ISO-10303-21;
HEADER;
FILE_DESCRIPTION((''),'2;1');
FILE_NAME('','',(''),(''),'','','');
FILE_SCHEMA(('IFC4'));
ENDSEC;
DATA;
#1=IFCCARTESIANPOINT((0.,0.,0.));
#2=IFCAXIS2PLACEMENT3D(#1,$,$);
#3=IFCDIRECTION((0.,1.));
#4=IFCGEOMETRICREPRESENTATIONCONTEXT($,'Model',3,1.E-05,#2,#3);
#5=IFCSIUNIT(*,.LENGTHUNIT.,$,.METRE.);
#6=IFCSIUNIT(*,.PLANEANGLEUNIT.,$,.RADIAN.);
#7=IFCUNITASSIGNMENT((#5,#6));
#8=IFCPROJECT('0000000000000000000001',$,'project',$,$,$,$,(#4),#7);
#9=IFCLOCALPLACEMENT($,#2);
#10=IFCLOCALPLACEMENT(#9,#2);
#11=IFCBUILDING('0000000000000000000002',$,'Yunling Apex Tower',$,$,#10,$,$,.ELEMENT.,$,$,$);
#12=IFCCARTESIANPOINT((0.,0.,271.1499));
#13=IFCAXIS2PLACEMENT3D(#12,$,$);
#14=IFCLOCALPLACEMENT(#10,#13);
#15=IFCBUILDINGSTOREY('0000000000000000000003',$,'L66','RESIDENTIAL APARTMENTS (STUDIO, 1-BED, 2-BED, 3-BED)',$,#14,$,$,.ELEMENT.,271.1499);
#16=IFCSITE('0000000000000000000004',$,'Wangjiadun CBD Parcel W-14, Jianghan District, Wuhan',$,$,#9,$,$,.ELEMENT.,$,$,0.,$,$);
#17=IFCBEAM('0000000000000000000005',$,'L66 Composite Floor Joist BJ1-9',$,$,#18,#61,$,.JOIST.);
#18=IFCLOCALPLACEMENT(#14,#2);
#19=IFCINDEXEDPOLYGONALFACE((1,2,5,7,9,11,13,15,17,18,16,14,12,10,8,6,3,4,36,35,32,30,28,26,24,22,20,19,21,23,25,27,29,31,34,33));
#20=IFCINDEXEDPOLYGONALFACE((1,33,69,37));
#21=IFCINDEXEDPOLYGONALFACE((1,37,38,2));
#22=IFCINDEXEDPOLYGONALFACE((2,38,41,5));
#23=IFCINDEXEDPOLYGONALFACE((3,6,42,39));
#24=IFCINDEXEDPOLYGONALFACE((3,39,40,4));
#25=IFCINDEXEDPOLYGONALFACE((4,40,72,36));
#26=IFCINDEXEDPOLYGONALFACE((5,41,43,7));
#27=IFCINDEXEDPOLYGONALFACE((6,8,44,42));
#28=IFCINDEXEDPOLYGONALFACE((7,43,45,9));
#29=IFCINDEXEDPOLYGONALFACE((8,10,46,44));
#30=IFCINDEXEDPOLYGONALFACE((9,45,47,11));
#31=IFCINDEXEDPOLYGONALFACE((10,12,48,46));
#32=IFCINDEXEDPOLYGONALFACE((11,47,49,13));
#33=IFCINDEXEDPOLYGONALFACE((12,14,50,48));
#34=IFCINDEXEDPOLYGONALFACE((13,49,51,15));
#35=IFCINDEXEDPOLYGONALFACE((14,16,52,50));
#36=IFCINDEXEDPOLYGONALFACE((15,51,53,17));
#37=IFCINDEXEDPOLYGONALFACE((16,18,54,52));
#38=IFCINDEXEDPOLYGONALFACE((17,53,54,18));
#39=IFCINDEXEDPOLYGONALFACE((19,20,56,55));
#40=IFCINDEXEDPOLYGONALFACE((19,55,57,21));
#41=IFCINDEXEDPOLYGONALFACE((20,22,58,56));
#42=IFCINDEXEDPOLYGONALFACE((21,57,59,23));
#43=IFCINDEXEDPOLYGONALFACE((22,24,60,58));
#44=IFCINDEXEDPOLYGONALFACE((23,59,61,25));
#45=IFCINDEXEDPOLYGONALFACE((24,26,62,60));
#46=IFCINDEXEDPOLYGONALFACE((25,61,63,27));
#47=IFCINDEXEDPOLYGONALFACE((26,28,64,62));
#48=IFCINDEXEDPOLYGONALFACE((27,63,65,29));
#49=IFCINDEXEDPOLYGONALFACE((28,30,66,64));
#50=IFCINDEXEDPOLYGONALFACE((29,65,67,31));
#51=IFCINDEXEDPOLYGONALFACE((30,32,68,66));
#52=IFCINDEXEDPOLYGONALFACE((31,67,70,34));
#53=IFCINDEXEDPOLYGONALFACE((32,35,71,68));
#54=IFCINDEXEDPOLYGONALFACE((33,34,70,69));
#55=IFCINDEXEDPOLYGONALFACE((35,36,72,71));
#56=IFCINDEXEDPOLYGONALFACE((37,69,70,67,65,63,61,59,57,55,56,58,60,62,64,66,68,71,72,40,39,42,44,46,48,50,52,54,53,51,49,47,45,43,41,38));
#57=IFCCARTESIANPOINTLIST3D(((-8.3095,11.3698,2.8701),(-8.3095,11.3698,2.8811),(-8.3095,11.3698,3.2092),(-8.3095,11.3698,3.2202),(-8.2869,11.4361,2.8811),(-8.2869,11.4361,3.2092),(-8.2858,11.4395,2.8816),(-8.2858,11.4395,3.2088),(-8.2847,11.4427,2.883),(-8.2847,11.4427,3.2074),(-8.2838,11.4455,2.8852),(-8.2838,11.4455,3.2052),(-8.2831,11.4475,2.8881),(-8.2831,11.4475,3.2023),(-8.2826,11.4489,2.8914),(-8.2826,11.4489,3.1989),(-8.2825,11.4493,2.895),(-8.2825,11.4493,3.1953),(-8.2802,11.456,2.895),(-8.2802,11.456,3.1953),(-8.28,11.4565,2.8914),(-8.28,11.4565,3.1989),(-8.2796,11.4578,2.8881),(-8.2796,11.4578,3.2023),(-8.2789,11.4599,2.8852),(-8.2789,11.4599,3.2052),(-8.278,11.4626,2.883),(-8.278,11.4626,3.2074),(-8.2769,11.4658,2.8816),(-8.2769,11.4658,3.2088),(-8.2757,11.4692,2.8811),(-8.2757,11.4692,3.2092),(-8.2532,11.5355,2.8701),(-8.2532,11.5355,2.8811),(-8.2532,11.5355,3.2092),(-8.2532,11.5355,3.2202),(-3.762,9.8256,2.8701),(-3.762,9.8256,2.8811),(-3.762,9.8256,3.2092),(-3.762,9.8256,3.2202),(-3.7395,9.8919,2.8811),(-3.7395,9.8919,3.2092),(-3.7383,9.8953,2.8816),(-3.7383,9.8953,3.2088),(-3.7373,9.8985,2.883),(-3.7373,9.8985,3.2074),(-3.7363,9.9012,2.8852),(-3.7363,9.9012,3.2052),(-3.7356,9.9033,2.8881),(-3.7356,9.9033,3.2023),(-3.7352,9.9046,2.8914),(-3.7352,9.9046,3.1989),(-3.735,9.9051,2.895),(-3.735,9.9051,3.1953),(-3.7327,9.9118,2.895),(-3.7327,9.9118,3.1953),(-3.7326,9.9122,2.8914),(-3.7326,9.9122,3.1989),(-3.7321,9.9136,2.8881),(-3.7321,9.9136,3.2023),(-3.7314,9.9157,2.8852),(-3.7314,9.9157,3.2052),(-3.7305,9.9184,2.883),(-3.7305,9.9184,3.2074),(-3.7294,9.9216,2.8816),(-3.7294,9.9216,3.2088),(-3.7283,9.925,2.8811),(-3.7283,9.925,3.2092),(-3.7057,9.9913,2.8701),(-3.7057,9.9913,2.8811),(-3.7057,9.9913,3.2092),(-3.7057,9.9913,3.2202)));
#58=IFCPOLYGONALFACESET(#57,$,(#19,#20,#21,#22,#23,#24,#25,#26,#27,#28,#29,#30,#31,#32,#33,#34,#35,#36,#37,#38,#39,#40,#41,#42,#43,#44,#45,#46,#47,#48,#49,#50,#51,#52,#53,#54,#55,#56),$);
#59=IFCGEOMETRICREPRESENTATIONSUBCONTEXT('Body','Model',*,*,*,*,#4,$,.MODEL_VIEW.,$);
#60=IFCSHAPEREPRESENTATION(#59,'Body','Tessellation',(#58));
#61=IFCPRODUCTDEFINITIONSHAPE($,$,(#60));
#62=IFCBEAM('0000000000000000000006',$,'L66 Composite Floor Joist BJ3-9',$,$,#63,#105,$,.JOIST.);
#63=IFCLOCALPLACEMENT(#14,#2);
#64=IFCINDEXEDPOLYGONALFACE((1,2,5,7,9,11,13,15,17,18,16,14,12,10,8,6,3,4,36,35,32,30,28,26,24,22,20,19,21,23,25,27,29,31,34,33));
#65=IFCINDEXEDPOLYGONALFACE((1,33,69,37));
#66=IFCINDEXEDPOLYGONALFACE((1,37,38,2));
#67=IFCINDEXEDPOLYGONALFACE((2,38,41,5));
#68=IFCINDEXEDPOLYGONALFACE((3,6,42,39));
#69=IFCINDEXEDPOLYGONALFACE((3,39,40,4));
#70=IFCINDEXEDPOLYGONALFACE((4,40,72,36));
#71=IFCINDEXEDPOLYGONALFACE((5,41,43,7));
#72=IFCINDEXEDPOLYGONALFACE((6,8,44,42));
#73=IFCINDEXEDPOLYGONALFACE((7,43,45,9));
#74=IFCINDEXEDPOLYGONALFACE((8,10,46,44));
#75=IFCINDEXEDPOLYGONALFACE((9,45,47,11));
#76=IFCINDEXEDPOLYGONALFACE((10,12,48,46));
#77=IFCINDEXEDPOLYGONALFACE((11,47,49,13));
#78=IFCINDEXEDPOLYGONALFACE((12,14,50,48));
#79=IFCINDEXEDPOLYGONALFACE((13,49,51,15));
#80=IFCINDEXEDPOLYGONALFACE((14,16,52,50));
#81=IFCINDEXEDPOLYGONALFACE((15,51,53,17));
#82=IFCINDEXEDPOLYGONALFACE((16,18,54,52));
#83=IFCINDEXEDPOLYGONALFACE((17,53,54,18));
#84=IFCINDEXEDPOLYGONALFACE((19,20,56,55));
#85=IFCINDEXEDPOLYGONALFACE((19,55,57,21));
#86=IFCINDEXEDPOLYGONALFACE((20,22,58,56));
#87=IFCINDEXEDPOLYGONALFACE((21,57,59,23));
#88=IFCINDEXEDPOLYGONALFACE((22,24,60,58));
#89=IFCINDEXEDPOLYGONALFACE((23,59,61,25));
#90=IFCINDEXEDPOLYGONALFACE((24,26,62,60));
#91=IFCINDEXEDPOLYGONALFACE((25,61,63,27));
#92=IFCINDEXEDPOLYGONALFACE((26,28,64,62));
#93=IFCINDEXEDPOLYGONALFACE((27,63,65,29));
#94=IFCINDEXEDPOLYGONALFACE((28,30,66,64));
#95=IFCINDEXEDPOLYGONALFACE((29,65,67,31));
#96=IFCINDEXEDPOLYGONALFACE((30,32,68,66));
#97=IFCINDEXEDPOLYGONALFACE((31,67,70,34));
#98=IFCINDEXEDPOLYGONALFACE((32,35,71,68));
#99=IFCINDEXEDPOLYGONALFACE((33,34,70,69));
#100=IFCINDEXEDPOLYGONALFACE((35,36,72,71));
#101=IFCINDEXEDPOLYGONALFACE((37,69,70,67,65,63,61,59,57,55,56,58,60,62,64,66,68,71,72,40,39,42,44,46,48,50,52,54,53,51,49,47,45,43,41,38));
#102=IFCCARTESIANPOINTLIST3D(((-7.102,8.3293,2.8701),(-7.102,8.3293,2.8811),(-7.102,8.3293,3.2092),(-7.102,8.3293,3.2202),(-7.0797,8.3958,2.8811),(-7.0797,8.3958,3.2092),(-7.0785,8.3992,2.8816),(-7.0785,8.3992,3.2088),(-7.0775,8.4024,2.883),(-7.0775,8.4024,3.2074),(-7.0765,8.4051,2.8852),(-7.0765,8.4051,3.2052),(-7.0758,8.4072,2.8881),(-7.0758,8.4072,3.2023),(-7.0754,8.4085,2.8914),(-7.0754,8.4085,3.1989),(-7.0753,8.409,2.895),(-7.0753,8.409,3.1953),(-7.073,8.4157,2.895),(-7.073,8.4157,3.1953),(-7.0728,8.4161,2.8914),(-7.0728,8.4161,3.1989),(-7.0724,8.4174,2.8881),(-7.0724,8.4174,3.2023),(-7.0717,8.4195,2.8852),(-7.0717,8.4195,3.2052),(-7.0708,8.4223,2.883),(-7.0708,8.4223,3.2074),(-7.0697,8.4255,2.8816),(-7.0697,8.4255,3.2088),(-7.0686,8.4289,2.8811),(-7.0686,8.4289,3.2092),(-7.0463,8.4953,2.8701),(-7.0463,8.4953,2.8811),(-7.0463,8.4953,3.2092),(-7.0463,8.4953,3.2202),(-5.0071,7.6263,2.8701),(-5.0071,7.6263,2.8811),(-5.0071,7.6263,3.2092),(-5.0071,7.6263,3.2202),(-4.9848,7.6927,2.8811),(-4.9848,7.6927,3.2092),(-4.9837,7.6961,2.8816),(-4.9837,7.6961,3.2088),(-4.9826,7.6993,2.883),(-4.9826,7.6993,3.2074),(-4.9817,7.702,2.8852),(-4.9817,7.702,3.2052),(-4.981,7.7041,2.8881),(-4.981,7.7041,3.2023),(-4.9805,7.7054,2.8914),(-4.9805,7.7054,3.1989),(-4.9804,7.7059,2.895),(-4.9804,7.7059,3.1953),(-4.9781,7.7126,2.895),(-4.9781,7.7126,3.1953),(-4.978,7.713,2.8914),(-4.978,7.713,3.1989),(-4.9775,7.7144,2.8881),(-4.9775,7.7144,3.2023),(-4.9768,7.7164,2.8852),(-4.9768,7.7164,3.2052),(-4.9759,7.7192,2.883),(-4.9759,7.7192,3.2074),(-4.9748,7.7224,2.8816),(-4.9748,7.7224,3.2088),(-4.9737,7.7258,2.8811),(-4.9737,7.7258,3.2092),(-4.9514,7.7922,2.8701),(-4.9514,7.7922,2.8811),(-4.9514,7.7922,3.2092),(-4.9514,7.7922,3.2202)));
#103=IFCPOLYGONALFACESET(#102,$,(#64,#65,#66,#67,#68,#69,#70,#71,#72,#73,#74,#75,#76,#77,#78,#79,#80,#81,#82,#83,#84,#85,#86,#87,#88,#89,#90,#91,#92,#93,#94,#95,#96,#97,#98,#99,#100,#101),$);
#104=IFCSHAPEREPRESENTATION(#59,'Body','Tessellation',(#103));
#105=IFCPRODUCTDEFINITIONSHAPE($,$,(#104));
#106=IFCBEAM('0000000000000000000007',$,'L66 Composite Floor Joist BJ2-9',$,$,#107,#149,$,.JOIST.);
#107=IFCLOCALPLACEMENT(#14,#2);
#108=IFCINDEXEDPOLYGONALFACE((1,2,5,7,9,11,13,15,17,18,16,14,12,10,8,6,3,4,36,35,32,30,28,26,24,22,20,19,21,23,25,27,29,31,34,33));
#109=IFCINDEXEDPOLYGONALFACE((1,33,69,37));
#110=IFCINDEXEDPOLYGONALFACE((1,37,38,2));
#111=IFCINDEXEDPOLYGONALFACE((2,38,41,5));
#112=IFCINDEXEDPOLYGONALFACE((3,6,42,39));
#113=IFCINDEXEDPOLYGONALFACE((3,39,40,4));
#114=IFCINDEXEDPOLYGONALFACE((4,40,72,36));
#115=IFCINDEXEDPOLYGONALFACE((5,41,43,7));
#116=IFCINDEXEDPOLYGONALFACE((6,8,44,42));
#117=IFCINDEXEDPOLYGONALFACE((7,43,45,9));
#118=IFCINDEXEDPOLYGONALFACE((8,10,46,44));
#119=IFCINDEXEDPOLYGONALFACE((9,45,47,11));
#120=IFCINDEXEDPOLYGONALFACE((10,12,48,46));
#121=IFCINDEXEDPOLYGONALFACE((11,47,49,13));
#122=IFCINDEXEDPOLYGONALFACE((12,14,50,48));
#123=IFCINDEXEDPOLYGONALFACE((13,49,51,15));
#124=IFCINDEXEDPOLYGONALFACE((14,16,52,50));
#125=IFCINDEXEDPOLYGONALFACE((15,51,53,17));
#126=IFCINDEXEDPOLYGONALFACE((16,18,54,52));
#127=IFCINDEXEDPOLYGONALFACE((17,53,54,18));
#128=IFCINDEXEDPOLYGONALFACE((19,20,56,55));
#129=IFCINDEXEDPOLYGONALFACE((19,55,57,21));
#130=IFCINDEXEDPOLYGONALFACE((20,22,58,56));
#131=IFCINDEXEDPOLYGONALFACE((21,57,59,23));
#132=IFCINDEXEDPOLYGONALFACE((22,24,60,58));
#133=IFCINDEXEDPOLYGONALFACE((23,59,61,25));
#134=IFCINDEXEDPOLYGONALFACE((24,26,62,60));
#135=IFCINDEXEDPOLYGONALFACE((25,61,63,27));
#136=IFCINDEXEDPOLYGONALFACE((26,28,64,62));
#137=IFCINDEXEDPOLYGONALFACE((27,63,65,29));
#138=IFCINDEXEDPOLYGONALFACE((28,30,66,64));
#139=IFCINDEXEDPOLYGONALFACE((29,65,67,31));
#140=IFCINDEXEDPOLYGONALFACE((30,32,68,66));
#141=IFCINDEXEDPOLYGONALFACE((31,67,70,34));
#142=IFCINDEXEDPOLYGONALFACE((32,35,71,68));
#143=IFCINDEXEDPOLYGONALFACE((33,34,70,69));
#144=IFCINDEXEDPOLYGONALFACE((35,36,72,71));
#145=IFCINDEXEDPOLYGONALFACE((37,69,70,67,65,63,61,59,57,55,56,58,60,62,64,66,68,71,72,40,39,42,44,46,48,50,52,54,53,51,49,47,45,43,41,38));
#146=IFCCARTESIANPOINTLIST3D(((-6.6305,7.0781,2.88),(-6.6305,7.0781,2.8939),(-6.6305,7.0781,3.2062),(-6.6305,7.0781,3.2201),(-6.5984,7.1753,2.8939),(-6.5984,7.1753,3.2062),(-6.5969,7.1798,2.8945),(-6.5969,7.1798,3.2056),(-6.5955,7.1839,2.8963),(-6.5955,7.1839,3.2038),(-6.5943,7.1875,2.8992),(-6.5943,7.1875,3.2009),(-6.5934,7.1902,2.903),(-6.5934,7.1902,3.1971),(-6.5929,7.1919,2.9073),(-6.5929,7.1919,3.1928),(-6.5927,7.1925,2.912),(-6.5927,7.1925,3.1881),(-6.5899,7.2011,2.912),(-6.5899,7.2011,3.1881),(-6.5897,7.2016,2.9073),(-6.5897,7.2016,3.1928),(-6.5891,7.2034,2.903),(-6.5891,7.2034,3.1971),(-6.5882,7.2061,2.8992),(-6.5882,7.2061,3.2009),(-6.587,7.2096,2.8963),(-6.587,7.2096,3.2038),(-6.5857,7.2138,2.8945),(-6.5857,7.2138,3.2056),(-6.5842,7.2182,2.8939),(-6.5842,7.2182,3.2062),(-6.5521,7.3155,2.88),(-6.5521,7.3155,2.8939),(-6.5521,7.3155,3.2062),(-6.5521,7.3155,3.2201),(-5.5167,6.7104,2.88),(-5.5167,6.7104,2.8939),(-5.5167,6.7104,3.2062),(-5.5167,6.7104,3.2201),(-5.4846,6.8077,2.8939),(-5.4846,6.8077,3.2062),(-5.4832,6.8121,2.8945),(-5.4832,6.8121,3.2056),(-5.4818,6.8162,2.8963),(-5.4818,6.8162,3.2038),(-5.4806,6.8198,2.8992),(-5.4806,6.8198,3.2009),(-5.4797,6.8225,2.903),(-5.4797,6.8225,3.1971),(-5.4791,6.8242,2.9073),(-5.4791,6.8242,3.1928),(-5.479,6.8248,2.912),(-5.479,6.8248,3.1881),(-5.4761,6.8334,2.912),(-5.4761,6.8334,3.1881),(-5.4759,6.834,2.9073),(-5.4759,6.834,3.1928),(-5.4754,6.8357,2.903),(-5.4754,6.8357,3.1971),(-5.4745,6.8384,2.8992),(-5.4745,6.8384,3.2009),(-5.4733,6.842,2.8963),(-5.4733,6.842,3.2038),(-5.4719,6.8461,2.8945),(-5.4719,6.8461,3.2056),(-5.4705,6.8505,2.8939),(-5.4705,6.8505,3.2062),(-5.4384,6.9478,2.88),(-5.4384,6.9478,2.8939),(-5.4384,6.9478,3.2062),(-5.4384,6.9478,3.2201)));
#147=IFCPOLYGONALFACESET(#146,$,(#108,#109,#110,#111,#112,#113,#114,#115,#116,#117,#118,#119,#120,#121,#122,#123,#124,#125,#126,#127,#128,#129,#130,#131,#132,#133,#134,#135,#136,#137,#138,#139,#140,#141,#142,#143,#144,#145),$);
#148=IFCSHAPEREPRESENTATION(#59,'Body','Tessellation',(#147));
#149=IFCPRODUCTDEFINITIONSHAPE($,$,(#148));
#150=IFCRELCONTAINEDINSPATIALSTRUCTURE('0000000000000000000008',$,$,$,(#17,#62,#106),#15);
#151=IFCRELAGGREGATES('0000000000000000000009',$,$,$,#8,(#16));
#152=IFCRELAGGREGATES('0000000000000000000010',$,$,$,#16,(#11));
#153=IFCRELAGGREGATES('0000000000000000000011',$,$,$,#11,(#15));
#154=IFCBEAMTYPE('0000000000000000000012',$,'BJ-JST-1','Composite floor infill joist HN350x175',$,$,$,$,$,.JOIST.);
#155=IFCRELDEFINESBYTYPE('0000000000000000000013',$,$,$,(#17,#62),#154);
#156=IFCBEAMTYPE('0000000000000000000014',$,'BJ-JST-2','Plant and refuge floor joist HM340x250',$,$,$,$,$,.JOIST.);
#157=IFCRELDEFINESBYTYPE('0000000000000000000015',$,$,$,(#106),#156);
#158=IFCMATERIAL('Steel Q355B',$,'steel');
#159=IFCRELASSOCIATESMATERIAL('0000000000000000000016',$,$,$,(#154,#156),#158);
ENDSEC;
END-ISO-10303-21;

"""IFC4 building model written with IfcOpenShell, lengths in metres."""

from ifc_helpers import new_model, si_unit, direction, frame, origin, origin_2d, place, context, subcontext, project, spatial, i_section, extrude, source, transform, mapped, material, material_profile, profile_set, type_object, element, save


model = new_model("IFC4")

# Units and contexts
model_context = context("Model", 3, precision=1e-05, world=origin(), true_north=direction((0.0, 1.0)))
body_context = subcontext(model_context, "Body", "Model", "MODEL_VIEW")
ifc_project = project(units=[si_unit("LENGTHUNIT", "METRE"), si_unit("PLANEANGLEUNIT", "RADIAN")], contexts=[model_context])

# Site, building, storey
site_placement = place(None, origin())
site = spatial("IfcSite", under=ifc_project, at=site_placement, Name="Wangjiadun CBD Parcel W-14, Jianghan District, Wuhan", CompositionType="ELEMENT", RefElevation=0.0)
building_placement = place(site_placement, origin())
building = spatial("IfcBuilding", under=site, at=building_placement, Name="Yunling Apex Tower", CompositionType="ELEMENT")
storey_placement = place(building_placement, frame((0.0, 0.0, 271.1499)))
storey = spatial("IfcBuildingStorey", under=building, at=storey_placement, Name="L66", Description="RESIDENTIAL APARTMENTS (STUDIO, 1-BED, 2-BED, 3-BED)", CompositionType="ELEMENT", Elevation=271.1499)

# Shared definitions
ifc_material_1 = material(Name="Steel Q355B", Category="steel")

# Beams
ifc_material_profile_1 = material_profile(ifc_material_1, i_section(OverallWidth=0.175, OverallDepth=0.3501, WebThickness=0.0071, FlangeThickness=0.011, FilletRadius=0.0139, at=origin_2d()))
ifc_profile_set_1 = profile_set([ifc_material_profile_1], Name="Steel Q355B")
beam_type_1 = type_object("IfcBeamType", Name="BJ-JST-1", Description="Composite floor infill joist HN350x175", PredefinedType="JOIST", material=ifc_profile_set_1)
shared_shape_1 = source(origin(), body_context, "Body", "SweptSolid", [
    extrude(i_section(OverallWidth=0.175, OverallDepth=0.3501, WebThickness=0.0071, FlangeThickness=0.011, FilletRadius=0.0139, at=origin_2d()), origin(), (0.0, 0.0, 1.0), 4.8025),
])
beam_1_placement = place(storey_placement, frame((-3.7339, 9.9084, 3.0452), z_axis=(-0.946894, 0.321545, 0.0), x_axis=(-0.321545, -0.946894, 0.0)))
element("IfcBeam", 1, at=beam_1_placement, inside=storey, type_object=beam_type_1, Name="L66 Composite Floor Joist BJ1-9", PredefinedType="JOIST", context=body_context, shape_type="MappedRepresentation", body=[
    mapped(shared_shape_1, transform((0.0, 0.0, 0.0), scale=1.0)),
])
shared_shape_2 = source(origin(), body_context, "Body", "SweptSolid", [
    extrude(i_section(OverallWidth=0.175, OverallDepth=0.3501, WebThickness=0.0071, FlangeThickness=0.011, FilletRadius=0.0139, at=origin_2d()), origin(), (0.0, 0.0, 1.0), 2.2097),
])
beam_2_placement = place(storey_placement, frame((-4.9792, 7.7092, 3.0452), z_axis=(-0.948029, 0.318183, 0.0), x_axis=(-0.318183, -0.948029, 0.0)))
element("IfcBeam", 2, at=beam_2_placement, inside=storey, type_object=beam_type_1, Name="L66 Composite Floor Joist BJ3-9", PredefinedType="JOIST", context=body_context, shape_type="MappedRepresentation", body=[
    mapped(shared_shape_2, transform((0.0, 0.0, 0.0), scale=1.0)),
])
ifc_material_profile_2 = material_profile(ifc_material_1, i_section(OverallWidth=0.25, OverallDepth=0.3401, WebThickness=0.009, FlangeThickness=0.0139, FilletRadius=0.0181, at=origin_2d()))
ifc_profile_set_2 = profile_set([ifc_material_profile_2], Name="Steel Q355B")
beam_type_2 = type_object("IfcBeamType", Name="BJ-JST-2", Description="Plant and refuge floor joist HM340x250", PredefinedType="JOIST", material=ifc_profile_set_2)
shared_shape_3 = source(origin(), body_context, "Body", "SweptSolid", [
    extrude(i_section(OverallWidth=0.25, OverallDepth=0.3401, WebThickness=0.009, FlangeThickness=0.0139, FilletRadius=0.0181, at=origin_2d()), origin(), (0.0, 0.0, 1.0), 1.1729),
])
beam_3_placement = place(storey_placement, frame((-5.4775, 6.8291, 3.05), z_axis=(-0.949595, 0.313479, 0.0), x_axis=(-0.313479, -0.949595, 0.0)))
element("IfcBeam", 3, at=beam_3_placement, inside=storey, type_object=beam_type_2, Name="L66 Composite Floor Joist BJ2-9", PredefinedType="JOIST", context=body_context, shape_type="MappedRepresentation", body=[
    mapped(shared_shape_3, transform((0.0, 0.0, 0.0), scale=1.0)),
])

save(model, "model.ifc")
